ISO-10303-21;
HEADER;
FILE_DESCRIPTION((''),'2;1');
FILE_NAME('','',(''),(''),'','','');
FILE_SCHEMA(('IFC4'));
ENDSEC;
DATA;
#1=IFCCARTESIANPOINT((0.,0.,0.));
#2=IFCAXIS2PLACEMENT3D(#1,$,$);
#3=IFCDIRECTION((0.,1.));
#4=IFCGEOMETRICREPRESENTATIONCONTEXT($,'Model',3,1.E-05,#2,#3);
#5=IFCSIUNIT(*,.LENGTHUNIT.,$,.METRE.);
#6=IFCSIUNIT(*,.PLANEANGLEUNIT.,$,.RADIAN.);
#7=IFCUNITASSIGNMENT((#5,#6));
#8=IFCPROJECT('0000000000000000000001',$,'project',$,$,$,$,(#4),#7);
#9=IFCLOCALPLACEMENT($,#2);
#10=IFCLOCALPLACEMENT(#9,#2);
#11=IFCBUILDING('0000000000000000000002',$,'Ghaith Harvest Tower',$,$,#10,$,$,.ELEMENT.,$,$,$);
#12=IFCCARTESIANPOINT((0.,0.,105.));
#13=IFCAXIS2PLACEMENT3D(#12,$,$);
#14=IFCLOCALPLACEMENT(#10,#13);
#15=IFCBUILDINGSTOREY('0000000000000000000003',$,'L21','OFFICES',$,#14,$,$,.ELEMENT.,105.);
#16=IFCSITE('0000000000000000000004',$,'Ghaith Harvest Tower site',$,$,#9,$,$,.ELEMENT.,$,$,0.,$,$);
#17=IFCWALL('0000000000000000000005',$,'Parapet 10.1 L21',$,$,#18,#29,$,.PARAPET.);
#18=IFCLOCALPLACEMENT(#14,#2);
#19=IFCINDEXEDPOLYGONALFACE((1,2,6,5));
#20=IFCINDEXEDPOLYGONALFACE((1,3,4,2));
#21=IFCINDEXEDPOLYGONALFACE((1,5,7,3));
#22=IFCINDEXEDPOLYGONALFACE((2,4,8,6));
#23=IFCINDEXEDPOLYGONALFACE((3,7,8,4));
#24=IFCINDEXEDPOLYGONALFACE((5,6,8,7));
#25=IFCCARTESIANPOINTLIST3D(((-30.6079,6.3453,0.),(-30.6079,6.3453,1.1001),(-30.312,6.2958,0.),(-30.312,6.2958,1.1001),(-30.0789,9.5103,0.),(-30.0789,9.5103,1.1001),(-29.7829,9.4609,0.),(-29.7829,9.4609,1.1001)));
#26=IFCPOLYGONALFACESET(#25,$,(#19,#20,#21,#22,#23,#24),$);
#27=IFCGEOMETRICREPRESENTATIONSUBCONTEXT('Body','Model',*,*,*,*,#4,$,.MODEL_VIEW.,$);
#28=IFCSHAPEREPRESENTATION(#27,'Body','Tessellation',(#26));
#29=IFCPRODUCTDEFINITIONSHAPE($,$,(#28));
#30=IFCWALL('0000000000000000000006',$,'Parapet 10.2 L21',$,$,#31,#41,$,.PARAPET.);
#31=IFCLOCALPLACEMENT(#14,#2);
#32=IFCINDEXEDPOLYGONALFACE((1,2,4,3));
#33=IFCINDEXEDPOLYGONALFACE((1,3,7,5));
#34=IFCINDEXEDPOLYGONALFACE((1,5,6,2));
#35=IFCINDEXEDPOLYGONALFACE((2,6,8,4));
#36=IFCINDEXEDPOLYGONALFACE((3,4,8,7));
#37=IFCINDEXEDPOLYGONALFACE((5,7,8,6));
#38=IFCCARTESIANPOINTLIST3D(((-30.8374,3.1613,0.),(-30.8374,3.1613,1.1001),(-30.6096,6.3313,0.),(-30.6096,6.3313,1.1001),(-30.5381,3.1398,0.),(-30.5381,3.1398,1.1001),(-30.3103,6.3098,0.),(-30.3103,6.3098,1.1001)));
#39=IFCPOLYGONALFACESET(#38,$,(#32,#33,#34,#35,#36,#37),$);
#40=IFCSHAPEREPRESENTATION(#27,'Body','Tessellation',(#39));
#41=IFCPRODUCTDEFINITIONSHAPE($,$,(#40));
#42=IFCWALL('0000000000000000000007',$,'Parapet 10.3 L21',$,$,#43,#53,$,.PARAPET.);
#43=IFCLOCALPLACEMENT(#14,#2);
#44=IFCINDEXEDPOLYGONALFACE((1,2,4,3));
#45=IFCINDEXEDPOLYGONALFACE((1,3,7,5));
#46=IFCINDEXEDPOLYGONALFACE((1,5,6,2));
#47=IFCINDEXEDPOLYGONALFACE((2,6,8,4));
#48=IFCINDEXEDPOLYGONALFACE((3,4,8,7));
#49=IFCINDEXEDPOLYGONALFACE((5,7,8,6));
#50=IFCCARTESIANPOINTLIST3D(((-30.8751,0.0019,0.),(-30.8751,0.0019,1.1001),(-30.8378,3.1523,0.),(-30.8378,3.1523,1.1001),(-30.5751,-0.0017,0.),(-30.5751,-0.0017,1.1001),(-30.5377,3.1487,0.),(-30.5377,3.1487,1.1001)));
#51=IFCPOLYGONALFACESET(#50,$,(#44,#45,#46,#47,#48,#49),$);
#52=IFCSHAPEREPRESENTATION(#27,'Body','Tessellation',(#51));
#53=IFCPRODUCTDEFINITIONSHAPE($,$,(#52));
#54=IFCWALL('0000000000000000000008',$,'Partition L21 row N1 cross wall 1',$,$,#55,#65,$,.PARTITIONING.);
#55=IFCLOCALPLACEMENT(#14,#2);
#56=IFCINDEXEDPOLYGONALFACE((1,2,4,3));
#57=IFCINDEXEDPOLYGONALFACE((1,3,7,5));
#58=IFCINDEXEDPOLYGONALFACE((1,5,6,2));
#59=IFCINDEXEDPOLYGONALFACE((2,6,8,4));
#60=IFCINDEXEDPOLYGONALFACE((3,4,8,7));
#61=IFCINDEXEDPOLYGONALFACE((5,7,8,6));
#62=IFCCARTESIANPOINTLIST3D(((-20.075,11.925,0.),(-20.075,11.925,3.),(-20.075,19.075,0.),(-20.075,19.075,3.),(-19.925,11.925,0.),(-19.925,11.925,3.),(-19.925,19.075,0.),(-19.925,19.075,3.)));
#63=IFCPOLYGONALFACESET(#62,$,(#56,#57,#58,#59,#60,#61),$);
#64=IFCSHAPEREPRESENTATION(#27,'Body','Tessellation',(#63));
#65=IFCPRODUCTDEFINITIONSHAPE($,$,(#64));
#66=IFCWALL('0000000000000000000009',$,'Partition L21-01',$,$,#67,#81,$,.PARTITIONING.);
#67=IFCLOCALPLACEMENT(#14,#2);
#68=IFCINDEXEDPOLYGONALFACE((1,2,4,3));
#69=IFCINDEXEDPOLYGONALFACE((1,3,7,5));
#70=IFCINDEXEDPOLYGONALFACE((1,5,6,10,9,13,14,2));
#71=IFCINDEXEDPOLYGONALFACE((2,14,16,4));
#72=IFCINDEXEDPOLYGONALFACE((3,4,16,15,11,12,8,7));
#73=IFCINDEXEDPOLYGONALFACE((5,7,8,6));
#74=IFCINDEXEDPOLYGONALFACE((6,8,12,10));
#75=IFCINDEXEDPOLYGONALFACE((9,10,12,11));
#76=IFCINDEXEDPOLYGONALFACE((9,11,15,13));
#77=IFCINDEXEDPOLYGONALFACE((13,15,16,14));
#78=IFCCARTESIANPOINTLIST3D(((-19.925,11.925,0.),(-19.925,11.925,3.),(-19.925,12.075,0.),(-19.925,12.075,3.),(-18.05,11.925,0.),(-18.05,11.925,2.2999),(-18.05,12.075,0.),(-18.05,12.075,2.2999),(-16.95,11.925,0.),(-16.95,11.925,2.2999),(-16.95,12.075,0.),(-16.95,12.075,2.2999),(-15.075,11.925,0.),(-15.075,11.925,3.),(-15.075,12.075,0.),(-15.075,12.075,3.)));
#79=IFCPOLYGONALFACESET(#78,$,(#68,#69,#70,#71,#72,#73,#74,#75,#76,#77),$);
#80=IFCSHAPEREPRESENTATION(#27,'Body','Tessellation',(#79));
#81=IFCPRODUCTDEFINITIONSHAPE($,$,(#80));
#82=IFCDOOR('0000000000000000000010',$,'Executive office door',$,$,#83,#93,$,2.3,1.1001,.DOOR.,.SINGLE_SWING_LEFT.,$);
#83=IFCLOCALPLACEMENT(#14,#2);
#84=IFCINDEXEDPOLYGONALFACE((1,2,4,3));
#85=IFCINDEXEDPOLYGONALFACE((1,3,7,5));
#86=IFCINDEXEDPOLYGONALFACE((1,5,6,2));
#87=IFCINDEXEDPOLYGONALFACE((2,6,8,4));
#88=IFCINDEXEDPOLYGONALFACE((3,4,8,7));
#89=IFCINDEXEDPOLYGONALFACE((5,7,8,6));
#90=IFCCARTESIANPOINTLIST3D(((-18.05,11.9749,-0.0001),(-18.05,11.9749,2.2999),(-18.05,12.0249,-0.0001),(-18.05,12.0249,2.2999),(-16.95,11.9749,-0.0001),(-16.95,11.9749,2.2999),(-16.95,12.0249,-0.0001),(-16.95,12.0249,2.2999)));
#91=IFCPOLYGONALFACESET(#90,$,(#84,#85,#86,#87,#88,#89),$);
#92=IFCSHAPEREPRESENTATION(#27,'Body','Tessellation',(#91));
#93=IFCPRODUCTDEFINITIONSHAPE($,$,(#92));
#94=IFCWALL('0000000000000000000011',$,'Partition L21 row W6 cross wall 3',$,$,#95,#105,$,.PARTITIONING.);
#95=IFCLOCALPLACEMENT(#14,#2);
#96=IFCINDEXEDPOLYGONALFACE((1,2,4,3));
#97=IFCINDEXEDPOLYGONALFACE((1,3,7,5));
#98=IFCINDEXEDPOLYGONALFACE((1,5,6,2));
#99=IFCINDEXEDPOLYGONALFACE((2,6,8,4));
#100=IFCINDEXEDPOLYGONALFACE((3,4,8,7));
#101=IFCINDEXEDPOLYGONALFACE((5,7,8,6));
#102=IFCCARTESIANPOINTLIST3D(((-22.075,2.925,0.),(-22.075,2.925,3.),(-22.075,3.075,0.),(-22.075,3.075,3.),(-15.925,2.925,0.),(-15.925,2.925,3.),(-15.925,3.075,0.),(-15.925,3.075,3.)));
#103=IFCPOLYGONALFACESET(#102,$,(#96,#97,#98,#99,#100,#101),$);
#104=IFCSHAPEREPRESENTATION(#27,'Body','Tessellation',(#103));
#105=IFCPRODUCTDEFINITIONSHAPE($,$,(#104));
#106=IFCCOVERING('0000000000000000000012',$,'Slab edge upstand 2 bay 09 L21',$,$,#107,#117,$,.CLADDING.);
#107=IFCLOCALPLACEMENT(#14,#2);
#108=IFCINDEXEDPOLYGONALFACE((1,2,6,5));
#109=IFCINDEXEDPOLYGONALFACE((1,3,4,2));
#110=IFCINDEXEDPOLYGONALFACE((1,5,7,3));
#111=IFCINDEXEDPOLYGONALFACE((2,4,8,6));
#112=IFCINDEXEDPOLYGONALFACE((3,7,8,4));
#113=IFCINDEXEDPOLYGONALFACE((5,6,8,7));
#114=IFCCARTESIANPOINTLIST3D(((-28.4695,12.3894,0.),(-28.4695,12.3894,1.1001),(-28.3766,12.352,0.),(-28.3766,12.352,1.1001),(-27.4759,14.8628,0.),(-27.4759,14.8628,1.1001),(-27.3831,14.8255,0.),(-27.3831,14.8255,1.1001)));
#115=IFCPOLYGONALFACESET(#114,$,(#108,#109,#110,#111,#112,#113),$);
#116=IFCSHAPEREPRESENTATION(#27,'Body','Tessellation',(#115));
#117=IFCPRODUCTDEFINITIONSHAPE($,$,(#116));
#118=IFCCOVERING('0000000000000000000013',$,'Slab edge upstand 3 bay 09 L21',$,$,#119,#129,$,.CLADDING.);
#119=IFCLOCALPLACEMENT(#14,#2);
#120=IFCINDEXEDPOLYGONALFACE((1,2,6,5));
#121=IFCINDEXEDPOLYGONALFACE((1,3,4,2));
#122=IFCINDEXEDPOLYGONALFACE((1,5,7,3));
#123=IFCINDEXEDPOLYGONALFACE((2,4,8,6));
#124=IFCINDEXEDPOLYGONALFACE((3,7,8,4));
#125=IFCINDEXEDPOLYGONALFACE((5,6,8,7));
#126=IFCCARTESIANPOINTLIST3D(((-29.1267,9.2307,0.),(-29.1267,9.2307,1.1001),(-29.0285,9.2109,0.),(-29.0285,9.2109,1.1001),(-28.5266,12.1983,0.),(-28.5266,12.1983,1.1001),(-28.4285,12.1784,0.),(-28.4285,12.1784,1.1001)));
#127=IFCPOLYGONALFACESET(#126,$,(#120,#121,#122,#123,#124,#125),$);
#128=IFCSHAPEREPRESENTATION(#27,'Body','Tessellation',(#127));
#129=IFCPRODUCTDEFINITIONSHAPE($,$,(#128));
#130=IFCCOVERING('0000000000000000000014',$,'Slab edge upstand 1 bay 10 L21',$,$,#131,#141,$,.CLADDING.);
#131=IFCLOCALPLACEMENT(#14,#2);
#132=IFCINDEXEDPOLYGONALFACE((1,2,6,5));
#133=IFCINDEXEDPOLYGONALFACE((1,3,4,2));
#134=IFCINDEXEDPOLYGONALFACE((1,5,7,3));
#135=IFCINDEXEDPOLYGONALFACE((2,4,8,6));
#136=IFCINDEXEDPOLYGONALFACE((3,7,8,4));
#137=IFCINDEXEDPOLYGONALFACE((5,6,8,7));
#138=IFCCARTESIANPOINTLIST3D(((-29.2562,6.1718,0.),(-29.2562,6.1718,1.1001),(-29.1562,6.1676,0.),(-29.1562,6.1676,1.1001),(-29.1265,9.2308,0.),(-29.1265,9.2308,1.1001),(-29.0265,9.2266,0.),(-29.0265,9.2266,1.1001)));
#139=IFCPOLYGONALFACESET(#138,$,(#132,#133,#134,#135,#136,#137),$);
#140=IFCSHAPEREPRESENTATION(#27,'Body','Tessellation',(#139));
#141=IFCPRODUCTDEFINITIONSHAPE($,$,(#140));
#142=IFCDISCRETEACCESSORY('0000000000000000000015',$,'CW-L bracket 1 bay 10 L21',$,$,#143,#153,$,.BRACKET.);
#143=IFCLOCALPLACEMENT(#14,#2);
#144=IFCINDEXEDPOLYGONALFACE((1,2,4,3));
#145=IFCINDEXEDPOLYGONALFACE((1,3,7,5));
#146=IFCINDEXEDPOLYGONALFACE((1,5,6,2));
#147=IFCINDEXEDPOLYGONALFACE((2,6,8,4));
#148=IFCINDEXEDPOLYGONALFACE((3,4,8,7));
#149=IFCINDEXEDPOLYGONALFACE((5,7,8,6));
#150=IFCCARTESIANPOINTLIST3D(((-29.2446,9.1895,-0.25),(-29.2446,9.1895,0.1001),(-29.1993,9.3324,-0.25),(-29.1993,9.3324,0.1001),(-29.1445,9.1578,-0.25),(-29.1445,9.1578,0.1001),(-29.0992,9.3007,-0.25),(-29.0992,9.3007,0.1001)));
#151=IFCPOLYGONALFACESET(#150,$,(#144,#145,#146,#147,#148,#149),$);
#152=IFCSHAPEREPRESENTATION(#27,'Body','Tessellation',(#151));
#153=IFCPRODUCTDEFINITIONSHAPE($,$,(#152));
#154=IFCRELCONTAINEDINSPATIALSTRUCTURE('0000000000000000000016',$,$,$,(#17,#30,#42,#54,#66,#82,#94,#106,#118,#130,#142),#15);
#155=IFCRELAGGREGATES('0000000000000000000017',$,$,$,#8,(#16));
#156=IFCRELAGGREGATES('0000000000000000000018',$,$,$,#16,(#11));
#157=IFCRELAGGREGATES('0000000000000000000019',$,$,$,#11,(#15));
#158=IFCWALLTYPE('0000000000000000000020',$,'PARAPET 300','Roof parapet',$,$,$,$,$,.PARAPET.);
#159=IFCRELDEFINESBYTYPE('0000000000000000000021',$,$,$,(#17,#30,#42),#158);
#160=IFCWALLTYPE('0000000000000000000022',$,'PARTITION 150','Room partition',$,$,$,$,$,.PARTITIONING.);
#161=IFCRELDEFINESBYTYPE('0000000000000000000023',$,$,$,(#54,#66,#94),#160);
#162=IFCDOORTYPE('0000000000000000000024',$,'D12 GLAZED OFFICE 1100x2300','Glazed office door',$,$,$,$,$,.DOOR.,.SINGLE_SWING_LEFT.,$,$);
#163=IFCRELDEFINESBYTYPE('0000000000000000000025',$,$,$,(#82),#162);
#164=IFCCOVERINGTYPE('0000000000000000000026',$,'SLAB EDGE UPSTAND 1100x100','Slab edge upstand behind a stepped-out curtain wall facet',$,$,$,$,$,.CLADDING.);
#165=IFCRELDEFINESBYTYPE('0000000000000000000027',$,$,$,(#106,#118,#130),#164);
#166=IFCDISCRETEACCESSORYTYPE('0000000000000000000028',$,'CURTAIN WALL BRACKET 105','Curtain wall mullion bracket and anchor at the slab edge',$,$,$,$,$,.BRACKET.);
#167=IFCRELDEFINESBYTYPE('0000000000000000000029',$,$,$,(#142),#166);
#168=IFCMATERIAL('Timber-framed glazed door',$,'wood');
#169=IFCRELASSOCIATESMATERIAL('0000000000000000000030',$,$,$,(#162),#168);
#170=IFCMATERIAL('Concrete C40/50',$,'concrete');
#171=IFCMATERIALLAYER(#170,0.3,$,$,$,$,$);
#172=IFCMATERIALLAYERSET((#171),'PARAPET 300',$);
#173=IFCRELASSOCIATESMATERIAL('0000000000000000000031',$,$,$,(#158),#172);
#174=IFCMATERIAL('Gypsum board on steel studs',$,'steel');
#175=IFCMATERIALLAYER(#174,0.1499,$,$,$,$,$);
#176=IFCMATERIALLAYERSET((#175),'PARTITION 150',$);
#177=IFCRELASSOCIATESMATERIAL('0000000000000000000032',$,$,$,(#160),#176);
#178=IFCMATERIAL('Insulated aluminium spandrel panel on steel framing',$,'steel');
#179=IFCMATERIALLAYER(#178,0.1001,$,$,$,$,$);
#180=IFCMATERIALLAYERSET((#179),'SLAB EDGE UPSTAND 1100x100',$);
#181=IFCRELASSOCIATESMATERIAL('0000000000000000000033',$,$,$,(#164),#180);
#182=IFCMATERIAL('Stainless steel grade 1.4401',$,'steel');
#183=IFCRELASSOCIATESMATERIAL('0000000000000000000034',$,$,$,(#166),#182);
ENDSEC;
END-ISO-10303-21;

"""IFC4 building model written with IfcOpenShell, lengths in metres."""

from ifc_helpers import new_model, si_unit, direction, frame, frame_2d, origin, origin_2d, place, context, subcontext, project, spatial, rectangle, extrude, material, layer, layer_set, type_object, element, fill, save


model = new_model("IFC4")

# Units and contexts
model_context = context("Model", 3, precision=1e-05, world=origin(), true_north=direction((0.0, 1.0)))
body_context = subcontext(model_context, "Body", "Model", "MODEL_VIEW")
ifc_project = project(units=[si_unit("LENGTHUNIT", "METRE"), si_unit("PLANEANGLEUNIT", "RADIAN")], contexts=[model_context])

# Site, building, storey
site_placement = place(None, origin())
site = spatial("IfcSite", under=ifc_project, at=site_placement, Name="Ghaith Harvest Tower site", CompositionType="ELEMENT", RefElevation=0.0)
building_placement = place(site_placement, origin())
building = spatial("IfcBuilding", under=site, at=building_placement, Name="Ghaith Harvest Tower", CompositionType="ELEMENT")
storey_placement = place(building_placement, frame((0.0, 0.0, 105.0)))
storey = spatial("IfcBuildingStorey", under=building, at=storey_placement, Name="L21", Description="OFFICES", CompositionType="ELEMENT", Elevation=105.0)

# Shared definitions
ifc_material_1 = material(Name="Timber-framed glazed door", Category="wood")
door_type = type_object("IfcDoorType", Name="D12 GLAZED OFFICE 1100x2300", Description="Glazed office door", OperationType="SINGLE_SWING_LEFT", PredefinedType="DOOR", material=ifc_material_1)

# Walls
ifc_material_2 = material(Name="Concrete C40/50", Category="concrete")
ifc_layer_1 = layer(ifc_material_2, 0.3)
ifc_layer_set_1 = layer_set([ifc_layer_1], Name="PARAPET 300")
wall_type_1 = type_object("IfcWallType", Name="PARAPET 300", Description="Roof parapet", PredefinedType="PARAPET", material=ifc_layer_set_1)
wall_1_placement = place(storey_placement, frame((-29.9309, 9.4856, 0.0), z_axis=(0.0, 0.0, 1.0), x_axis=(-0.164868, -0.986316, 0.0)))
element("IfcWall", 1, at=wall_1_placement, inside=storey, type_object=wall_type_1, Name="Parapet 10.1 L21", PredefinedType="PARAPET", context=body_context, shape_type="SweptSolid", body=[
    extrude(rectangle(XDim=3.209, YDim=0.3, at=frame_2d((1.6045, 0.0))), origin(), (0.0, 0.0, 1.0), 1.1001),
])
wall_2_placement = place(storey_placement, frame((-30.46, 6.3206, 0.0), z_axis=(0.0, 0.0, 1.0), x_axis=(-0.071667, -0.997429, 0.0)))
element("IfcWall", 2, at=wall_2_placement, inside=storey, type_object=wall_type_1, Name="Parapet 10.2 L21", PredefinedType="PARAPET", context=body_context, shape_type="SweptSolid", body=[
    extrude(rectangle(XDim=3.1782, YDim=0.3, at=frame_2d((1.5891, 0.0))), origin(), (0.0, 0.0, 1.0), 1.1001),
])
wall_3_placement = place(storey_placement, frame((-30.6877, 3.1504, 0.0), z_axis=(0.0, 0.0, 1.0), x_axis=(-0.011856, -0.99993, 0.0)))
element("IfcWall", 3, at=wall_3_placement, inside=storey, type_object=wall_type_1, Name="Parapet 10.3 L21", PredefinedType="PARAPET", context=body_context, shape_type="SweptSolid", body=[
    extrude(rectangle(XDim=3.1506, YDim=0.3, at=frame_2d((1.5752, 0.0))), origin(), (0.0, 0.0, 1.0), 1.1001),
])
ifc_material_3 = material(Name="Gypsum board on steel studs", Category="steel")
ifc_layer_2 = layer(ifc_material_3, 0.1499)
ifc_layer_set_2 = layer_set([ifc_layer_2], Name="PARTITION 150")
wall_type_2 = type_object("IfcWallType", Name="PARTITION 150", Description="Room partition", PredefinedType="PARTITIONING", material=ifc_layer_set_2)
wall_4_placement = place(storey_placement, frame((-20.0, 11.925, 0.0), z_axis=(0.0, 0.0, 1.0), x_axis=(0.0, 1.0, 0.0)))
element("IfcWall", 4, at=wall_4_placement, inside=storey, type_object=wall_type_2, Name="Partition L21 row N1 cross wall 1", PredefinedType="PARTITIONING", context=body_context, shape_type="SweptSolid", body=[
    extrude(rectangle(XDim=7.1499, YDim=0.1499, at=frame_2d((3.575, 0.0))), origin(), (0.0, 0.0, 1.0), 3.0),
])

# Wall, opening, door
wall_5_placement = place(storey_placement, frame((-19.925, 12.0, 0.0), z_axis=(0.0, 0.0, 1.0), x_axis=(1.0, 0.0, 0.0)))
wall_5 = element("IfcWall", 5, at=wall_5_placement, inside=storey, type_object=wall_type_2, Name="Partition L21-01", PredefinedType="PARTITIONING", context=body_context, shape_type="SweptSolid", body=[
    extrude(rectangle(XDim=4.8501, YDim=0.1499, at=frame_2d((2.425, 0.0))), origin(), (0.0, 0.0, 1.0), 3.0),
])
opening_1_placement = place(wall_5_placement, frame((1.875, 0.0, 0.0)))
opening_1 = element("IfcOpeningElement", 6, at=opening_1_placement, cuts=wall_5, PredefinedType="OPENING", context=body_context, shape_type="SweptSolid", body=[
    extrude(rectangle(XDim=1.1001, YDim=2.3, at=frame_2d((0.55, 1.1499))), frame((0.0, 0.085, 0.0), z_axis=(0.0, -1.0, 0.0), x_axis=(1.0, 0.0, 0.0)), (0.0, 0.0, 1.0), 0.1699),
])
door_1_placement = place(opening_1_placement, origin())
door_1 = element("IfcDoor", 7, at=door_1_placement, inside=storey, type_object=door_type, Name="Executive office door", OperationType="SINGLE_SWING_LEFT", OverallHeight=2.3, OverallWidth=1.1001, PredefinedType="DOOR", context=body_context, shape_type="SweptSolid", body=[
    extrude(rectangle(XDim=1.1001, YDim=2.3, at=frame_2d((0.55, 1.1499))), frame((0.0, 0.0249, 0.0), z_axis=(0.0, -1.0, 0.0), x_axis=(1.0, 0.0, 0.0)), (0.0, 0.0, 1.0), 0.05),
])
fill(opening_1, door_1)

# Wall
wall_6_placement = place(storey_placement, frame((-15.925, 3.0, 0.0), z_axis=(0.0, 0.0, 1.0), x_axis=(-1.0, 0.0, 0.0)))
element("IfcWall", 8, at=wall_6_placement, inside=storey, type_object=wall_type_2, Name="Partition L21 row W6 cross wall 3", PredefinedType="PARTITIONING", context=body_context, shape_type="SweptSolid", body=[
    extrude(rectangle(XDim=6.1499, YDim=0.1499, at=frame_2d((3.075, 0.0))), origin(), (0.0, 0.0, 1.0), 3.0),
])

# Coverings
ifc_material_4 = material(Name="Insulated aluminium spandrel panel on steel framing", Category="steel")
ifc_layer_3 = layer(ifc_material_4, 0.1001)
ifc_layer_set_3 = layer_set([ifc_layer_3], Name="SLAB EDGE UPSTAND 1100x100")
covering_type = type_object("IfcCoveringType", Name="SLAB EDGE UPSTAND 1100x100", Description="Slab edge upstand behind a stepped-out curtain wall facet", PredefinedType="CLADDING", material=ifc_layer_set_3)
covering_1_placement = place(storey_placement, frame((-27.9263, 13.6074, 0.0), z_axis=(0.0, 0.0, 1.0), x_axis=(-0.372732, -0.927939, 0.0)))
element("IfcCovering", 9, at=covering_1_placement, inside=storey, type_object=covering_type, Name="Slab edge upstand 2 bay 09 L21", PredefinedType="CLADDING", context=body_context, shape_type="SweptSolid", body=[
    extrude(rectangle(XDim=2.6655, YDim=0.1001, at=origin_2d()), origin(), (0.0, 0.0, 1.0), 1.1001),
])
covering_2_placement = place(storey_placement, frame((-28.7776, 10.7046, 0.0), z_axis=(0.0, 0.0, 1.0), x_axis=(-0.198183, -0.980165, 0.0)))
element("IfcCovering", 10, at=covering_2_placement, inside=storey, type_object=covering_type, Name="Slab edge upstand 3 bay 09 L21", PredefinedType="CLADDING", context=body_context, shape_type="SweptSolid", body=[
    extrude(rectangle(XDim=3.0276, YDim=0.1001, at=origin_2d()), origin(), (0.0, 0.0, 1.0), 1.1001),
])
covering_3_placement = place(storey_placement, frame((-29.1414, 7.6992, 0.0), z_axis=(0.0, 0.0, 1.0), x_axis=(-0.042373, -0.999102, 0.0)))
element("IfcCovering", 11, at=covering_3_placement, inside=storey, type_object=covering_type, Name="Slab edge upstand 1 bay 10 L21", PredefinedType="CLADDING", context=body_context, shape_type="SweptSolid", body=[
    extrude(rectangle(XDim=3.0618, YDim=0.1001, at=origin_2d()), origin(), (0.0, 0.0, 1.0), 1.1001),
])

# Discrete accessory
ifc_material_5 = material(Name="Stainless steel grade 1.4401", Category="steel")
discrete_accessory_type = type_object("IfcDiscreteAccessoryType", Name="CURTAIN WALL BRACKET 105", Description="Curtain wall mullion bracket and anchor at the slab edge", PredefinedType="BRACKET", material=ifc_material_5)
discrete_accessory_placement = place(storey_placement, frame((-29.1719, 9.2451, -0.25), z_axis=(0.0, 0.0, 1.0), x_axis=(-0.953273, 0.30211, 0.0)))
element("IfcDiscreteAccessory", 12, at=discrete_accessory_placement, inside=storey, type_object=discrete_accessory_type, Name="CW-L bracket 1 bay 10 L21", PredefinedType="BRACKET", context=body_context, shape_type="SweptSolid", body=[
    extrude(rectangle(XDim=0.105, YDim=0.1499, at=origin_2d()), origin(), (0.0, 0.0, 1.0), 0.3501),
])

save(model, "model.ifc")
